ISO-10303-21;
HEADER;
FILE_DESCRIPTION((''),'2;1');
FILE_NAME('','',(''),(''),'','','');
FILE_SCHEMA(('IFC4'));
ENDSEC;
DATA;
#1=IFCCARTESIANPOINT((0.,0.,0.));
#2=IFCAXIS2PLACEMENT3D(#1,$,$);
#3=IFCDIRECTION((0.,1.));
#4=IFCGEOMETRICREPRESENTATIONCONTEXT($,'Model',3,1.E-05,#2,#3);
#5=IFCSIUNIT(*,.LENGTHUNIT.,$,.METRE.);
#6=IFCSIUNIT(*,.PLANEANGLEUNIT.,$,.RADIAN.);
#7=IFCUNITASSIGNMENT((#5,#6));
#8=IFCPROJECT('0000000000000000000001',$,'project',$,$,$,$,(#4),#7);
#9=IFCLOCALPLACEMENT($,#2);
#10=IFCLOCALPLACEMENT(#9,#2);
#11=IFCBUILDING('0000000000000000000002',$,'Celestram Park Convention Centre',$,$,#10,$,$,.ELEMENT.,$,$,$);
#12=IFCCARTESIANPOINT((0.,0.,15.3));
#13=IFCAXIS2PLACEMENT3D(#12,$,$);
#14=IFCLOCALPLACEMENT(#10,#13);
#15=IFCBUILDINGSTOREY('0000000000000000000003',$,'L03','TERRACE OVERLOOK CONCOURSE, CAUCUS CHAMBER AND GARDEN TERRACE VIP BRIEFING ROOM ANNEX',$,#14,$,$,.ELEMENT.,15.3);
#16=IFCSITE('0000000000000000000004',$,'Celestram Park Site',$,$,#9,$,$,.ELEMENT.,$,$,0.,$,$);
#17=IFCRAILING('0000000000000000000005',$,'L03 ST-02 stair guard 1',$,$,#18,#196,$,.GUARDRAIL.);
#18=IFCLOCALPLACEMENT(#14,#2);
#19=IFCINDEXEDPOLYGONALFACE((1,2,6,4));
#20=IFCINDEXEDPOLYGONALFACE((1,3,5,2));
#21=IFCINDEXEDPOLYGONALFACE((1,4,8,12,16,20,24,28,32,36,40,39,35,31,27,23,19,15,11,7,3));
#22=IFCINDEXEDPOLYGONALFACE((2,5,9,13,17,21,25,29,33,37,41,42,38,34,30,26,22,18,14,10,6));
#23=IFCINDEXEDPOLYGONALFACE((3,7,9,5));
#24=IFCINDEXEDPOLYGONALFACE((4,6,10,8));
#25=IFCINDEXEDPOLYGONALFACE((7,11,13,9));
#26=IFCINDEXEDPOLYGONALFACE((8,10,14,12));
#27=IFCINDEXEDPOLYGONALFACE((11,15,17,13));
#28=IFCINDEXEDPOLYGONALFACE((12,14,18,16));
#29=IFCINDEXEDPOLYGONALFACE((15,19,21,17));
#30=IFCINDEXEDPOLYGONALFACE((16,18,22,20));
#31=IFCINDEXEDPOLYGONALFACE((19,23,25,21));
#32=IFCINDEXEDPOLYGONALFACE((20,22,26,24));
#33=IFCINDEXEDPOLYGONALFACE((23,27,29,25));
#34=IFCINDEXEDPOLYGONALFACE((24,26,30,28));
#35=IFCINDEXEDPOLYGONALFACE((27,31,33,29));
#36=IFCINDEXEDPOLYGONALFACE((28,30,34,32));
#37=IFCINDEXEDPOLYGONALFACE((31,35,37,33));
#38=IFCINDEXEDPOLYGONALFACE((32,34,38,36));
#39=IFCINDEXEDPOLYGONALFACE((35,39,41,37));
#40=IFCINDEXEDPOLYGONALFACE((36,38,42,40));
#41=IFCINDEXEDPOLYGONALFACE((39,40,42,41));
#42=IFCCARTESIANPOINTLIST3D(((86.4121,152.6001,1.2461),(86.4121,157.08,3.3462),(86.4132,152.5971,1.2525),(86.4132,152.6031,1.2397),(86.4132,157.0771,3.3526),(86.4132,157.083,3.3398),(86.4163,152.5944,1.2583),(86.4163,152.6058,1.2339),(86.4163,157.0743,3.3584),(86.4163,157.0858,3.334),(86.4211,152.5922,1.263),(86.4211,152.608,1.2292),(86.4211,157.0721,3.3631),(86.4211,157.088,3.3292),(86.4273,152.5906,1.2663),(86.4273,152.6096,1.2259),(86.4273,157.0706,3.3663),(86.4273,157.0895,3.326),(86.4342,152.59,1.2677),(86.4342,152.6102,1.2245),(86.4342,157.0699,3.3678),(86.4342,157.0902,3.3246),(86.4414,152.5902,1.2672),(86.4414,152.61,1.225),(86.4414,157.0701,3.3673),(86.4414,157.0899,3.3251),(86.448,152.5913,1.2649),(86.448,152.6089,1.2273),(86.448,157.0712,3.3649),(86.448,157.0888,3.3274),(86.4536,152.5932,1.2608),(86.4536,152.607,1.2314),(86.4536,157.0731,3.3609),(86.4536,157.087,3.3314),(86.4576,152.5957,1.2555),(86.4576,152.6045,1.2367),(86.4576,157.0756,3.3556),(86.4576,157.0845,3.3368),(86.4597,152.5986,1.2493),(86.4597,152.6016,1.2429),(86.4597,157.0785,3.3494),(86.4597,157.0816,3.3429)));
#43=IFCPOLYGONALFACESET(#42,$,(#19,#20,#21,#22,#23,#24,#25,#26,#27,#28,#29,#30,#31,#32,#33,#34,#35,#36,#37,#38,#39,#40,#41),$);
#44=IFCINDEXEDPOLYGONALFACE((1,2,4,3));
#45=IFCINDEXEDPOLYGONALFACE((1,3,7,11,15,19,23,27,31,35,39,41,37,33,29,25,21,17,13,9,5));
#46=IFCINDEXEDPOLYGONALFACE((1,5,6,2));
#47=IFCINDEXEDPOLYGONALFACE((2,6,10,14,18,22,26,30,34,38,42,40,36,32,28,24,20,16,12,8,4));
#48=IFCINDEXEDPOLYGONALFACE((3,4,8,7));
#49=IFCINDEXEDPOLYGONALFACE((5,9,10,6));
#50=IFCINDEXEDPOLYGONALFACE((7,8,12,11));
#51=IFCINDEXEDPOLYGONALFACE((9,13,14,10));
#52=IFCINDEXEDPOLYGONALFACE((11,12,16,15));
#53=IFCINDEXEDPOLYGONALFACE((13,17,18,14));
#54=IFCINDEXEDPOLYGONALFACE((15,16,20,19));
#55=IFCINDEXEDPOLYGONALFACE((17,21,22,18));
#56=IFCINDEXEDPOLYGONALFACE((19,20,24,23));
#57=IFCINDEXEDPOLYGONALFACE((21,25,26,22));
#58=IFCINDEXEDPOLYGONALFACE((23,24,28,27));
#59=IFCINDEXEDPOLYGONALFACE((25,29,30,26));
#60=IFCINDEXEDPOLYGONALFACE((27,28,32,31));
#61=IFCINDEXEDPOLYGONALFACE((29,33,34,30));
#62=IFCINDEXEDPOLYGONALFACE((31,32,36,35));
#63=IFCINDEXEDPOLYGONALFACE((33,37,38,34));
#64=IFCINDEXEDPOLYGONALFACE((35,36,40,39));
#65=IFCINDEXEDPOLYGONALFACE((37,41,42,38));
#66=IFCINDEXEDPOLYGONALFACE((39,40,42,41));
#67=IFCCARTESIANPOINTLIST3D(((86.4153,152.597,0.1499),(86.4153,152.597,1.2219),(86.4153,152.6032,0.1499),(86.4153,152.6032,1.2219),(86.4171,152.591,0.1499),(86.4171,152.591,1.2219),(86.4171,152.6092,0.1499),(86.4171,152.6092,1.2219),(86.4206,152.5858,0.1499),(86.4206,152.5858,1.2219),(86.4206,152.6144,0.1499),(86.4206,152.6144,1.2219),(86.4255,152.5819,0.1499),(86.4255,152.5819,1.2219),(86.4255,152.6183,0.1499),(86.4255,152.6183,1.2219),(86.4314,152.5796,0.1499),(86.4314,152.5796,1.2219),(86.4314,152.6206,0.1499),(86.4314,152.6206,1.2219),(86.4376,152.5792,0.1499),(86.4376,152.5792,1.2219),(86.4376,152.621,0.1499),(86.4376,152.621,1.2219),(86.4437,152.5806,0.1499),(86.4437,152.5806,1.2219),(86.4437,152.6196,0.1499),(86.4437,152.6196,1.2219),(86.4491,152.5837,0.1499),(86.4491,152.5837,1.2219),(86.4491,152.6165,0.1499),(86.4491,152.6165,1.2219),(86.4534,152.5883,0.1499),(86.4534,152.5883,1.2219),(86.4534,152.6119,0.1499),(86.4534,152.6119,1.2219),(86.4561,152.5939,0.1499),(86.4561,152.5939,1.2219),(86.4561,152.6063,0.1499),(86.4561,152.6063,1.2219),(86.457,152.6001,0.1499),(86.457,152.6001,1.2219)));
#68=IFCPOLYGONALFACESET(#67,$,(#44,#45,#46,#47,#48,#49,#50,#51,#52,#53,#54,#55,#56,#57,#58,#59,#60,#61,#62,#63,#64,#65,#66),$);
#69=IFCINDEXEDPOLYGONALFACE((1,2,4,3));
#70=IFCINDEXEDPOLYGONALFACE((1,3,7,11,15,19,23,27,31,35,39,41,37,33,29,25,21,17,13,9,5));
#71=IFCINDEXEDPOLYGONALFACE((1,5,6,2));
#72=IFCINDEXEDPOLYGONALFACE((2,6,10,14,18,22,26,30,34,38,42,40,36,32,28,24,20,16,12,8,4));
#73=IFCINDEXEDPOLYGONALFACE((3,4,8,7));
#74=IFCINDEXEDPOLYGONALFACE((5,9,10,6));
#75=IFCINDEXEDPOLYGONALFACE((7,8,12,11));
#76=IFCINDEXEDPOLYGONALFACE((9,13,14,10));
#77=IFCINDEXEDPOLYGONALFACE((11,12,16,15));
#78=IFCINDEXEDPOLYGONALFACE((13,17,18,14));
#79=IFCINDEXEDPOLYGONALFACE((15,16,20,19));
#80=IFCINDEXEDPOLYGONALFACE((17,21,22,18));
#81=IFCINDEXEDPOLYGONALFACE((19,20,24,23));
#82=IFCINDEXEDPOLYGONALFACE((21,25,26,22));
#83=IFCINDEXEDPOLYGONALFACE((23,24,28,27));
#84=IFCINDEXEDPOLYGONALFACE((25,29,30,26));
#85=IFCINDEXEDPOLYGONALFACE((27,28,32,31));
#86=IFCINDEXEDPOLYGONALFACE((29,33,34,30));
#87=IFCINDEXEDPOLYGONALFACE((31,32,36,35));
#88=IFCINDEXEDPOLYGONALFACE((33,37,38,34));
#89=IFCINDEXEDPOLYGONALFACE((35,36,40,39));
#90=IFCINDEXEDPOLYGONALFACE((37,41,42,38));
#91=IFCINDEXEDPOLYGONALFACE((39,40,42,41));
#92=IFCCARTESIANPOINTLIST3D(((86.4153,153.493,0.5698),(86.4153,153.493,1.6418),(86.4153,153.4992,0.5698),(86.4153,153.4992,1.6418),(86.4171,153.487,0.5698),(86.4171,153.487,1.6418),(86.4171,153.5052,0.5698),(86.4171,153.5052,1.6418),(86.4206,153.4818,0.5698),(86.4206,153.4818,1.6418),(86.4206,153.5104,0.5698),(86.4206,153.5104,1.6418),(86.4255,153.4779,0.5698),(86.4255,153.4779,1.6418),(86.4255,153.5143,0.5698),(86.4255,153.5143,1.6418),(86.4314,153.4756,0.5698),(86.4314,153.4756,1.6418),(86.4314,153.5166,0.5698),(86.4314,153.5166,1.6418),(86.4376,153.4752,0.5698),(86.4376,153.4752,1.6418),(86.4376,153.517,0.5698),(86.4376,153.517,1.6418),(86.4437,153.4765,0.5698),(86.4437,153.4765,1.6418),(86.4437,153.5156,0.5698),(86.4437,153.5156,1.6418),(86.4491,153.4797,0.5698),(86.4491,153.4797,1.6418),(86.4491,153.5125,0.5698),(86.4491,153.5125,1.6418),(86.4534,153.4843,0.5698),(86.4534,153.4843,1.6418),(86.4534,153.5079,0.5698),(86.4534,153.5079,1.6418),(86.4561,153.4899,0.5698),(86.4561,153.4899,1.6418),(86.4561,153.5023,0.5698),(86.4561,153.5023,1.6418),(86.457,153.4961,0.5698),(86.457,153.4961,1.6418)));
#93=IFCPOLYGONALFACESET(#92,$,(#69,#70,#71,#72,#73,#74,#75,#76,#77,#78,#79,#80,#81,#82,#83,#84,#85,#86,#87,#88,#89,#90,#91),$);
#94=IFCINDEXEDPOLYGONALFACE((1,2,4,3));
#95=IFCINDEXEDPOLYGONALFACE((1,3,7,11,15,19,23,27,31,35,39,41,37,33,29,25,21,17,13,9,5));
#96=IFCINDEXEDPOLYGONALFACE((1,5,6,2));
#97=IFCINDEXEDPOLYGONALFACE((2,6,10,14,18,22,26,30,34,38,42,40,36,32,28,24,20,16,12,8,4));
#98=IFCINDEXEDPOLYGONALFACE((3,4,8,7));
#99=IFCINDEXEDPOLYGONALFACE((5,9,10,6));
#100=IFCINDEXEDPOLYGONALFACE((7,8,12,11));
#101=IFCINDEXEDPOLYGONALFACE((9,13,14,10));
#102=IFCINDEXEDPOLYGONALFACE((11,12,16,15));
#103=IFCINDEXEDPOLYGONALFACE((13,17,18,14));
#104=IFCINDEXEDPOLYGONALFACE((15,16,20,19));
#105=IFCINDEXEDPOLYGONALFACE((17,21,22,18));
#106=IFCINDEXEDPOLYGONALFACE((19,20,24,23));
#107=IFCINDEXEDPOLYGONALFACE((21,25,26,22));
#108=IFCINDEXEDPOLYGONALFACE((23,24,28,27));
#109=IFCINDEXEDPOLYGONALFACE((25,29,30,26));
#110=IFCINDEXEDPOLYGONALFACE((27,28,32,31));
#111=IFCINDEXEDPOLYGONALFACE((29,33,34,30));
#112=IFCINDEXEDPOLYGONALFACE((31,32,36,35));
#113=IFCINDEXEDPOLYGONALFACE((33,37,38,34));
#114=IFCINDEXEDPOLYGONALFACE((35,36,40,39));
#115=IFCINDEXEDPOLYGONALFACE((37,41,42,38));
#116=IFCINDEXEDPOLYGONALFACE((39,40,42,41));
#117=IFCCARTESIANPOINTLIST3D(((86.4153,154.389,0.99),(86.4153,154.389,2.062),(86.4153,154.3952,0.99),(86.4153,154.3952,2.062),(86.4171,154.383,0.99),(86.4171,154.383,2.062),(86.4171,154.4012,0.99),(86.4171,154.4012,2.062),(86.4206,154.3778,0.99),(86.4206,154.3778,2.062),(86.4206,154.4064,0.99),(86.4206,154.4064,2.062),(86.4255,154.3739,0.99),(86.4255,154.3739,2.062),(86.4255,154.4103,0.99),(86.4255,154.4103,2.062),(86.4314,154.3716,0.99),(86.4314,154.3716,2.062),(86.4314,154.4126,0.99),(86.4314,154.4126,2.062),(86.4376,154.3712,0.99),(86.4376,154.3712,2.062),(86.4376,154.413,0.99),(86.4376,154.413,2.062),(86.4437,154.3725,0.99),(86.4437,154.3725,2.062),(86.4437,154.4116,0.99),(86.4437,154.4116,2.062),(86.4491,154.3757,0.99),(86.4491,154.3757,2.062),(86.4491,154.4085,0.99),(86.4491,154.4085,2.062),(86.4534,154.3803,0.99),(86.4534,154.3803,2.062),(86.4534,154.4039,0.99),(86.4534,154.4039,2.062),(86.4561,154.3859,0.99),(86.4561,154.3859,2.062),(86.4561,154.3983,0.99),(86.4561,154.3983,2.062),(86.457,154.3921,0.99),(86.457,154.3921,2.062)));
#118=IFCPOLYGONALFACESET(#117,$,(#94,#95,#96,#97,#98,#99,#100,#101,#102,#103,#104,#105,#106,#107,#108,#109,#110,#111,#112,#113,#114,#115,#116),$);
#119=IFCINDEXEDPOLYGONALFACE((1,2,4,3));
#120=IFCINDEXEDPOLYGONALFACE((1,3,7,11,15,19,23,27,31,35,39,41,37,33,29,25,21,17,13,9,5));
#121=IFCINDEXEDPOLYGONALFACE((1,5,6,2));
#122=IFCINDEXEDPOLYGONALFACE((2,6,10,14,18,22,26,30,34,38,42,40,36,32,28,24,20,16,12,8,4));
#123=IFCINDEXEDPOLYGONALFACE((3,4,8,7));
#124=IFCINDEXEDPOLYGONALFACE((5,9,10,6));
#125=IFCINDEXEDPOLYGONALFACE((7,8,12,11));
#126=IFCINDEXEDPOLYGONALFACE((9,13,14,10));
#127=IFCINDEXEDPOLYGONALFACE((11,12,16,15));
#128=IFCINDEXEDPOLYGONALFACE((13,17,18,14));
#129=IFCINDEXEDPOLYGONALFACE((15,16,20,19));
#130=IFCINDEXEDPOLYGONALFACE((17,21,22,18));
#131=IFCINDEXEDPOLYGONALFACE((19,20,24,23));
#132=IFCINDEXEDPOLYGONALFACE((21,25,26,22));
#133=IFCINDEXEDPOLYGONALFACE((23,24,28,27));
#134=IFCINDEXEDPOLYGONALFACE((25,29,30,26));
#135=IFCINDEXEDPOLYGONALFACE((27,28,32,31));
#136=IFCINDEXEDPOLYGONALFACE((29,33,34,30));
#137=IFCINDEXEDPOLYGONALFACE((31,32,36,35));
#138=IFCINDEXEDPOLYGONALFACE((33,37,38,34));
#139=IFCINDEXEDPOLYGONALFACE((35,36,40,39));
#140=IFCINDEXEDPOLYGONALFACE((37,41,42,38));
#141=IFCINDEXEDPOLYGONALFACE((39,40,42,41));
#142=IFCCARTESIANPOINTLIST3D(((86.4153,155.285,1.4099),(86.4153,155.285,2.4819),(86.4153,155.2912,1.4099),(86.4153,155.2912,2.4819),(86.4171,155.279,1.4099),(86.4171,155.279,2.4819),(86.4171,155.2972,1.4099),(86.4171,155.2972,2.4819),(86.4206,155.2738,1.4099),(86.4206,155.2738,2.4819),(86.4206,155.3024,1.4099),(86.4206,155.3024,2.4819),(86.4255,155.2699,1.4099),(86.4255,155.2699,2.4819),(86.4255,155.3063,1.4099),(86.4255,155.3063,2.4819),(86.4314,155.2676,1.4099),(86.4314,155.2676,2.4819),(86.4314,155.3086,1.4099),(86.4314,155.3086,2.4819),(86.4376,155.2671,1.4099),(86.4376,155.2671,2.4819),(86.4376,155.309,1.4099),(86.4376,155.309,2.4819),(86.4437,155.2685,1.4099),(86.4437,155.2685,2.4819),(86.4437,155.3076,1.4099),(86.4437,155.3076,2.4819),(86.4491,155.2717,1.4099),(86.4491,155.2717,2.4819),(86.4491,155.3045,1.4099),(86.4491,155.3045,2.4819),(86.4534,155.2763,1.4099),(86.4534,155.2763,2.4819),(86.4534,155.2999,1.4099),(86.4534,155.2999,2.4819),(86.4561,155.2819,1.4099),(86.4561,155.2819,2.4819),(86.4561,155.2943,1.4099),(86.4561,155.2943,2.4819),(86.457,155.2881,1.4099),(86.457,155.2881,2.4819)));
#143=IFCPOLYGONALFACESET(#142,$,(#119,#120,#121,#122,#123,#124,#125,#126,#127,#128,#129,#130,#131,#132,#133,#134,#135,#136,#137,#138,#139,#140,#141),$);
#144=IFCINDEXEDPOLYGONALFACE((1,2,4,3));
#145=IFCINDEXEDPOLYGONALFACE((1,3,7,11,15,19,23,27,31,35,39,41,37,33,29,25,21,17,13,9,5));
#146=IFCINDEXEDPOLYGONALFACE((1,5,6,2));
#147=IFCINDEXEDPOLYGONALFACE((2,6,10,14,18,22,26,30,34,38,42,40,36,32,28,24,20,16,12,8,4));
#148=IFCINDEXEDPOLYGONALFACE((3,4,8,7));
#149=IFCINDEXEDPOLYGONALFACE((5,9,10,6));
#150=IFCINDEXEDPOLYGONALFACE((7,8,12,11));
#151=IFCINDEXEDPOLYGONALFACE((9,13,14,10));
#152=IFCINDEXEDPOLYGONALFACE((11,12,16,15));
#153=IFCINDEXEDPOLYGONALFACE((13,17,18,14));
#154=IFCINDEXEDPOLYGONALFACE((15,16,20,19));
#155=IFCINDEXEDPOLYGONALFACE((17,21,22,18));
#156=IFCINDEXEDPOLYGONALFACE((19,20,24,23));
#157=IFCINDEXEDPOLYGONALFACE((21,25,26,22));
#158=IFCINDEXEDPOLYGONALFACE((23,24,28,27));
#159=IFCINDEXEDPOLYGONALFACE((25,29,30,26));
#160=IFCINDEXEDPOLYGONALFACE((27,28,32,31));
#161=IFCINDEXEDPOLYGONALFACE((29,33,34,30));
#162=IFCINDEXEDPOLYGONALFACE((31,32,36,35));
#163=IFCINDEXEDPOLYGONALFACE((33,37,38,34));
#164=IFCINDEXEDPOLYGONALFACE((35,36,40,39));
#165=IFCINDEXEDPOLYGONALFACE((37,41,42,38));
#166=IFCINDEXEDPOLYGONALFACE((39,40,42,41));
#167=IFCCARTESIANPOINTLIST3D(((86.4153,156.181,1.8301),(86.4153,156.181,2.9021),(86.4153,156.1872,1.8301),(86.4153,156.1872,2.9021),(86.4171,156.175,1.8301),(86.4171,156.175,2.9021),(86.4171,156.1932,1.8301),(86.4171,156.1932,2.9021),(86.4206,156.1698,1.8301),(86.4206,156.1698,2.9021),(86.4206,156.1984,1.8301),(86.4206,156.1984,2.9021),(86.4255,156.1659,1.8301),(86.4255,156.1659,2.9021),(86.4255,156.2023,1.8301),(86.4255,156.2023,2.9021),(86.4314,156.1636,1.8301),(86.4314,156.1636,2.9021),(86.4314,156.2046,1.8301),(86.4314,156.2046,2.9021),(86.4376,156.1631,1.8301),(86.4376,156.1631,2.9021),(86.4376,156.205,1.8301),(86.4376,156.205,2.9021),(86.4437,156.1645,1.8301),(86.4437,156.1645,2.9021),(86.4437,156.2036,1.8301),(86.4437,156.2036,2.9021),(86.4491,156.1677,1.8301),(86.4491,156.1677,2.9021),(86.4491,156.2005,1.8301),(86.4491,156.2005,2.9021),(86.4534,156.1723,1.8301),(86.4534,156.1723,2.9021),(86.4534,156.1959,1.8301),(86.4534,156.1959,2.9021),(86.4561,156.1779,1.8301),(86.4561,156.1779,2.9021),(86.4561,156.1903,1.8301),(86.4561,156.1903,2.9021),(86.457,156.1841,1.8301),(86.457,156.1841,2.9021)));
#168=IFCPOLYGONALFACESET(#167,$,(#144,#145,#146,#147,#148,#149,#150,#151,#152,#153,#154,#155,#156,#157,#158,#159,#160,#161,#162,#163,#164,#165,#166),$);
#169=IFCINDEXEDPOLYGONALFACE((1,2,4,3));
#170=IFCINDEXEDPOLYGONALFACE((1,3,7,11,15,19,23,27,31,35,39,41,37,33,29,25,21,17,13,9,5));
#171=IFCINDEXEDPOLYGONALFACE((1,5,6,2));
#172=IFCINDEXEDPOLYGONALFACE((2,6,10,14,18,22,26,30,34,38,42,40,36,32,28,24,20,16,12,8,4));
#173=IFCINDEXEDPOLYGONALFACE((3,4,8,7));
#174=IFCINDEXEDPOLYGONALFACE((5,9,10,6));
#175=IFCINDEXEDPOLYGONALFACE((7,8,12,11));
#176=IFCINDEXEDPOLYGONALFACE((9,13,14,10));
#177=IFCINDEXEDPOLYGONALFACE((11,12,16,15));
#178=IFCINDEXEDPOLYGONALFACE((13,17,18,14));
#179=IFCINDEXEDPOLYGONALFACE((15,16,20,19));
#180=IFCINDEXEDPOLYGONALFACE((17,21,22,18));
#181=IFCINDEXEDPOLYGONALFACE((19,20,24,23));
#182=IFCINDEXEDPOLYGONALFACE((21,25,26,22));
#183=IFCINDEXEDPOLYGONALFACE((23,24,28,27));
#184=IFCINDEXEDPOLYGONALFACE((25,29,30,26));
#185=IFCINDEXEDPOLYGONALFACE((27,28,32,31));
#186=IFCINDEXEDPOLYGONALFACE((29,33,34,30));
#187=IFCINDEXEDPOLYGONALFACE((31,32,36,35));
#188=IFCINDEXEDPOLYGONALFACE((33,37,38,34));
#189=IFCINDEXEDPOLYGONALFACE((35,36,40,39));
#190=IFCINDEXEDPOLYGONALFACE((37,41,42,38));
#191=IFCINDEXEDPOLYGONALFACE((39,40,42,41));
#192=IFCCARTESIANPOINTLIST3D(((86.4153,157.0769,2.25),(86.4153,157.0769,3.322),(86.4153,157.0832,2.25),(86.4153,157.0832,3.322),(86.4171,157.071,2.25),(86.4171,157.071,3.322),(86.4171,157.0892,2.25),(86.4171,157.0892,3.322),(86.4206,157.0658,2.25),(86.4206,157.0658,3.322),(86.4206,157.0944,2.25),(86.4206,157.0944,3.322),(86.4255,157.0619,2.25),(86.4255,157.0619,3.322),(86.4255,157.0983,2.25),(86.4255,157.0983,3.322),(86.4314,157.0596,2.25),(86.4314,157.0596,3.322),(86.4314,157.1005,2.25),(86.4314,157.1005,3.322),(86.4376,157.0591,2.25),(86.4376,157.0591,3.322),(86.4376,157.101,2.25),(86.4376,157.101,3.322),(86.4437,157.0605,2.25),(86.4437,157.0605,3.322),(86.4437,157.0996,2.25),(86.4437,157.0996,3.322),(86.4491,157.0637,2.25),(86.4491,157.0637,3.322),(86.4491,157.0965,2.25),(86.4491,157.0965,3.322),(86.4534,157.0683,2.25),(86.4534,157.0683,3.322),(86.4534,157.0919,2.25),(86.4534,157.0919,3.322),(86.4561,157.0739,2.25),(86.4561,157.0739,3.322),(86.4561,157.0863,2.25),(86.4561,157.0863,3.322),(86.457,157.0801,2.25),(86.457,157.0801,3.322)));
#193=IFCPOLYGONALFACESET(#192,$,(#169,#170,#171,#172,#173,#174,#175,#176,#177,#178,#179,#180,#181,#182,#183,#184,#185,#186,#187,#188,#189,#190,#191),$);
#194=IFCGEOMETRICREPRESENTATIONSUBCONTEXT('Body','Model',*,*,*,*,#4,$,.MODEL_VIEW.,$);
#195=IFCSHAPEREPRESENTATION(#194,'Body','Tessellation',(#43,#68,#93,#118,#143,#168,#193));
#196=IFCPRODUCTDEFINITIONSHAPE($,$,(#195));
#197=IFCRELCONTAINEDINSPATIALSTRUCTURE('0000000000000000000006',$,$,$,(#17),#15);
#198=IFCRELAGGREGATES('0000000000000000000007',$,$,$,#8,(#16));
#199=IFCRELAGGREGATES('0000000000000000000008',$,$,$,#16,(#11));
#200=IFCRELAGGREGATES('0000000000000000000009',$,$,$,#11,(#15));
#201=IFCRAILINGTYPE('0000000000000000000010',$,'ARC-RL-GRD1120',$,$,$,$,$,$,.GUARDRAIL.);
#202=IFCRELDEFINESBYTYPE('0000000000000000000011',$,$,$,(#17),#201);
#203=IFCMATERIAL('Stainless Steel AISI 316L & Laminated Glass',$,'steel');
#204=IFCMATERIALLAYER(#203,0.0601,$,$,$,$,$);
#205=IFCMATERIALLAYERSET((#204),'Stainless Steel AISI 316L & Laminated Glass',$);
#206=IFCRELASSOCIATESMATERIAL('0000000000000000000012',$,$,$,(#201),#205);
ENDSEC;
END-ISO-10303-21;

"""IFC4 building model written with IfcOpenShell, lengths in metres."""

from ifc_helpers import new_model, si_unit, direction, frame, origin, origin_2d, place, context, subcontext, project, spatial, circle, extrude, material, layer, layer_set, type_object, element, save


model = new_model("IFC4")

# Units and contexts
model_context = context("Model", 3, precision=1e-05, world=origin(), true_north=direction((0.0, 1.0)))
body_context = subcontext(model_context, "Body", "Model", "MODEL_VIEW")
ifc_project = project(units=[si_unit("LENGTHUNIT", "METRE"), si_unit("PLANEANGLEUNIT", "RADIAN")], contexts=[model_context])

# Site, building, storey
site_placement = place(None, origin())
site = spatial("IfcSite", under=ifc_project, at=site_placement, Name="Celestram Park Site", CompositionType="ELEMENT", RefElevation=0.0)
building_placement = place(site_placement, origin())
building = spatial("IfcBuilding", under=site, at=building_placement, Name="Celestram Park Convention Centre", CompositionType="ELEMENT")
storey_placement = place(building_placement, frame((0.0, 0.0, 15.3)))
storey = spatial("IfcBuildingStorey", under=building, at=storey_placement, Name="L03", Description="TERRACE OVERLOOK CONCOURSE, CAUCUS CHAMBER AND GARDEN TERRACE VIP BRIEFING ROOM ANNEX", CompositionType="ELEMENT", Elevation=15.3)

# Railing
ifc_material_1 = material(Name="Stainless Steel AISI 316L & Laminated Glass", Category="steel")
ifc_layer_1 = layer(ifc_material_1, 0.0601)
ifc_layer_set_1 = layer_set([ifc_layer_1], Name="Stainless Steel AISI 316L & Laminated Glass")
railing_type_1 = type_object("IfcRailingType", Name="ARC-RL-GRD1120", PredefinedType="GUARDRAIL", material=ifc_layer_set_1)
railing_1_placement = place(storey_placement, frame((86.436, 152.6001, 0.1499)))
element("IfcRailing", 1, at=railing_1_placement, inside=storey, type_object=railing_type_1, Name="L03 ST-02 stair guard 1", PredefinedType="GUARDRAIL", context=body_context, shape_type="SweptSolid", body=[
    extrude(circle(Radius=0.0239, at=origin_2d()), frame((0.0, 0.0, 1.0962), z_axis=(0.0, 0.905451, 0.424452), x_axis=(-1.0, 0.0, 0.0)), (0.0, 0.0, 1.0), 4.9478),
    extrude(circle(Radius=0.021, at=origin_2d()), origin(), (0.0, 0.0, 1.0), 1.072),
    extrude(circle(Radius=0.021, at=origin_2d()), frame((0.0, 0.896, 0.4199)), (0.0, 0.0, 1.0), 1.072),
    extrude(circle(Radius=0.021, at=origin_2d()), frame((0.0, 1.792, 0.8401)), (0.0, 0.0, 1.0), 1.072),
    extrude(circle(Radius=0.021, at=origin_2d()), frame((0.0, 2.688, 1.26)), (0.0, 0.0, 1.0), 1.072),
    extrude(circle(Radius=0.021, at=origin_2d()), frame((0.0, 3.584, 1.6802)), (0.0, 0.0, 1.0), 1.072),
    extrude(circle(Radius=0.021, at=origin_2d()), frame((0.0, 4.48, 2.1001)), (0.0, 0.0, 1.0), 1.072),
])

save(model, "model.ifc")
